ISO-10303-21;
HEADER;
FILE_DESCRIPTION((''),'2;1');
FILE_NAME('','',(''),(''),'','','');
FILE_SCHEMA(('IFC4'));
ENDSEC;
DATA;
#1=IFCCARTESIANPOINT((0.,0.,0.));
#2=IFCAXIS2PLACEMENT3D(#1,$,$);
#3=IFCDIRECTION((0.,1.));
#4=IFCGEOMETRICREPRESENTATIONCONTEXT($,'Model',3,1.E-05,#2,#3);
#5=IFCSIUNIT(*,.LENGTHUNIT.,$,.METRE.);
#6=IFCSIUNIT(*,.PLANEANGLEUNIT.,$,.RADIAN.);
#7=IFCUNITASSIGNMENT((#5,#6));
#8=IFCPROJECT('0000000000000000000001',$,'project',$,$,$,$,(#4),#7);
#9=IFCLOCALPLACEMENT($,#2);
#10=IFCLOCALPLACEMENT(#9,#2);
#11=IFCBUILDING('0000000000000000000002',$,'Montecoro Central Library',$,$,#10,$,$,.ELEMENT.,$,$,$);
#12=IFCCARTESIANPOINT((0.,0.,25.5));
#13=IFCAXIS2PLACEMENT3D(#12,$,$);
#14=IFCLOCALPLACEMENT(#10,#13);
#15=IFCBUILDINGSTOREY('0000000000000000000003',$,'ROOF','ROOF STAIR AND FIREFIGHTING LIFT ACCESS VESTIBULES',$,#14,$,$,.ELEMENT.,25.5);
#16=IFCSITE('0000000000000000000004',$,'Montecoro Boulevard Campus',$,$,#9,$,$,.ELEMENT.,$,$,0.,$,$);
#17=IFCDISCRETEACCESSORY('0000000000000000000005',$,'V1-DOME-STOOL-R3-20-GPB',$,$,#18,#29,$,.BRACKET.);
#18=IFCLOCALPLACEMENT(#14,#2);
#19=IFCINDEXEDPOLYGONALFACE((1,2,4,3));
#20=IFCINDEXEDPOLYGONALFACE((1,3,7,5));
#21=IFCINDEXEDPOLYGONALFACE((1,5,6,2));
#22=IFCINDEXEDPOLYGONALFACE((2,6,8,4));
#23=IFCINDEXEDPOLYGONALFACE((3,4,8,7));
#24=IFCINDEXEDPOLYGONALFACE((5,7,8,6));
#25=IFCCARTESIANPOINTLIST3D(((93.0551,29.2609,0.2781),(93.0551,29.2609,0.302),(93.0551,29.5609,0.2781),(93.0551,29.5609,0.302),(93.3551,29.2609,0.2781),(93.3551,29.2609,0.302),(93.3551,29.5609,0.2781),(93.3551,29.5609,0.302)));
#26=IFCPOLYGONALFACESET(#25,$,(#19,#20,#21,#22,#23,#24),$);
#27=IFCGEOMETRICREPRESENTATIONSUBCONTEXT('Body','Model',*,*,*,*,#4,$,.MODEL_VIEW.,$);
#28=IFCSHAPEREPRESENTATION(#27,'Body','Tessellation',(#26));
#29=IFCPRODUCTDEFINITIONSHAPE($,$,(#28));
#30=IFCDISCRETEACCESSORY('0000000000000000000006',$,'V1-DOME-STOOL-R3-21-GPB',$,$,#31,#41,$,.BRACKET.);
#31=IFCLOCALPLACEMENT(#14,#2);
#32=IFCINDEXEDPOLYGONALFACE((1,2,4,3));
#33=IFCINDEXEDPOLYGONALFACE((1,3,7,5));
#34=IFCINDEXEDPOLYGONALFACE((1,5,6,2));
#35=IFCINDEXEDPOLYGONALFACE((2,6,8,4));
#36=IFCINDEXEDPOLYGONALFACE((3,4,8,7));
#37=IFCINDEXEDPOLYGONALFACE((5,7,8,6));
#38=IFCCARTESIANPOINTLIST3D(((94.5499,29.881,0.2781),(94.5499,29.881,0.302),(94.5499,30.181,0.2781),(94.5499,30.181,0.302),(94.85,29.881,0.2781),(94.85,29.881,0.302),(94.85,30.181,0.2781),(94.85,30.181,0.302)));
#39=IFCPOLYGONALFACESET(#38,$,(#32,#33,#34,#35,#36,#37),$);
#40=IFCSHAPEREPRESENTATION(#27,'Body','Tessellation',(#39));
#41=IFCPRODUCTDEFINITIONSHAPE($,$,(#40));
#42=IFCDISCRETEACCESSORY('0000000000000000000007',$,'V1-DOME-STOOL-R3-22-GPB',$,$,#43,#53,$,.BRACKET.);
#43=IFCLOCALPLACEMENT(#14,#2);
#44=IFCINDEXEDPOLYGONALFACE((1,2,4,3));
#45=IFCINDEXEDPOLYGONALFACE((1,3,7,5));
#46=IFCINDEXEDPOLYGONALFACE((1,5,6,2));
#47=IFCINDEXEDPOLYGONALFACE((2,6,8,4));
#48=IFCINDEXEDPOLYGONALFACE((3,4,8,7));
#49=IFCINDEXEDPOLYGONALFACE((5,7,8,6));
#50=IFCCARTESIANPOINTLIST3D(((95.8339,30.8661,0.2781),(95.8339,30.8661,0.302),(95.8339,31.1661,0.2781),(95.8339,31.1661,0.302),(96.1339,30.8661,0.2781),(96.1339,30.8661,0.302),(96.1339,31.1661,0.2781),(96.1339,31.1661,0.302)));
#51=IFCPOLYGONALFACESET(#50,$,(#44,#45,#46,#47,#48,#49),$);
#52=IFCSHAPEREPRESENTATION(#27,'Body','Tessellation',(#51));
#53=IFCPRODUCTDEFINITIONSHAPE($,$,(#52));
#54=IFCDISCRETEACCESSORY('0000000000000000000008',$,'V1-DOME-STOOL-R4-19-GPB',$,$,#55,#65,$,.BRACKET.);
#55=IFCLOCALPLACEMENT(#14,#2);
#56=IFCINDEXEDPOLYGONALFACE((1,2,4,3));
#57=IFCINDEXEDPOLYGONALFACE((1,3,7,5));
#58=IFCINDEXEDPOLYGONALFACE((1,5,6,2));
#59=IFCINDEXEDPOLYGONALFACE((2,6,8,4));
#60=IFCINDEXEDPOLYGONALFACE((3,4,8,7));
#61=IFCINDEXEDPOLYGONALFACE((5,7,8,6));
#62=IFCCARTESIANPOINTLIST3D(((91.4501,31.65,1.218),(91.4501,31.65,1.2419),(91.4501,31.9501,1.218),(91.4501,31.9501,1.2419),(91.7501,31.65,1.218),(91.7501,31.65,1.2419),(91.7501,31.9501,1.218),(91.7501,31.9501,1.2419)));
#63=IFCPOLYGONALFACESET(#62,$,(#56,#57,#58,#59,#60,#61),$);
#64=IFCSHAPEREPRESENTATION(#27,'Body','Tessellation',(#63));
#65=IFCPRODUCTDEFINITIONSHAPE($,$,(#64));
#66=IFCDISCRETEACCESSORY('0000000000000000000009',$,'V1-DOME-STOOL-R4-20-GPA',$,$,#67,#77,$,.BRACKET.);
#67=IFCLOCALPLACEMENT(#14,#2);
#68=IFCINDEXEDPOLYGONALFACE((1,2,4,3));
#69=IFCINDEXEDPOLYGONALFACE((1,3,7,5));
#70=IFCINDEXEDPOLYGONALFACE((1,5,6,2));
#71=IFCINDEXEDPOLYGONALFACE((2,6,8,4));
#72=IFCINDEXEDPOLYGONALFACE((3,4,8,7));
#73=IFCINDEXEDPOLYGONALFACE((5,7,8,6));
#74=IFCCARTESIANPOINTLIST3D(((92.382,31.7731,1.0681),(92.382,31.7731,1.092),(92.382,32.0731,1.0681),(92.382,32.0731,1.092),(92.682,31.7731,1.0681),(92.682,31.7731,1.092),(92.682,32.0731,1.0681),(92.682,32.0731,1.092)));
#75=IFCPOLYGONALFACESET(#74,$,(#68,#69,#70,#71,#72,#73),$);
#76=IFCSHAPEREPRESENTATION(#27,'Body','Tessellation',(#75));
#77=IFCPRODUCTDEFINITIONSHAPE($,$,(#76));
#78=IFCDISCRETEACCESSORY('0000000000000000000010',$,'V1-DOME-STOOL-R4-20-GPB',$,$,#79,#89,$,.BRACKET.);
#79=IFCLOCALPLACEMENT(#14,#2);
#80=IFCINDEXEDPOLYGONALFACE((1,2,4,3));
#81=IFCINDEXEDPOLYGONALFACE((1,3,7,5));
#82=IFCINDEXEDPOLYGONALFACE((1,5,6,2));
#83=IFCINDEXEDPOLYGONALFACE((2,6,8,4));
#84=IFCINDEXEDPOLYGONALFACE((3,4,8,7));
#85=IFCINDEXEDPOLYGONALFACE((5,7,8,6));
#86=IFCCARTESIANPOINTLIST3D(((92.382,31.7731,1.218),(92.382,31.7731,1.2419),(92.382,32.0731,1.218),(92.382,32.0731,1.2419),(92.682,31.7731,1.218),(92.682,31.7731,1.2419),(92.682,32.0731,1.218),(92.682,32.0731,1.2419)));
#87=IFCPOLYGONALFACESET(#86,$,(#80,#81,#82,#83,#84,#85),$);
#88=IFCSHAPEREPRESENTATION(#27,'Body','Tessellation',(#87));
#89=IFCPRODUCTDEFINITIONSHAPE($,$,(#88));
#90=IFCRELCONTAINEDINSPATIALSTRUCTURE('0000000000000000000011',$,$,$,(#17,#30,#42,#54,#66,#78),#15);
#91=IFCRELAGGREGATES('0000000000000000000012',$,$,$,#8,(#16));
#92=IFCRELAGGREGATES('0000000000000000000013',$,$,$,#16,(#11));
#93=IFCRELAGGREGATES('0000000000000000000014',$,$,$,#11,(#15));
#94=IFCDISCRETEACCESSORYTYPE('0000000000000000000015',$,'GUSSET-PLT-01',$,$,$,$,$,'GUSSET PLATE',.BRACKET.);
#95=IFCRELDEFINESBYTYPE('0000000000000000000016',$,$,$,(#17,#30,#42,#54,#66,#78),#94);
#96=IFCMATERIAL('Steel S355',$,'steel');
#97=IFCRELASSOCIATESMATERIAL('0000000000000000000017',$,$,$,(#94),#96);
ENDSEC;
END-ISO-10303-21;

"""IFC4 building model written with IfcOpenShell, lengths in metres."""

from ifc_helpers import new_model, si_unit, direction, frame, origin, origin_2d, place, context, subcontext, project, spatial, rectangle, extrude, material, type_object, element, save


model = new_model("IFC4")

# Units and contexts
model_context = context("Model", 3, precision=1e-05, world=origin(), true_north=direction((0.0, 1.0)))
body_context = subcontext(model_context, "Body", "Model", "MODEL_VIEW")
ifc_project = project(units=[si_unit("LENGTHUNIT", "METRE"), si_unit("PLANEANGLEUNIT", "RADIAN")], contexts=[model_context])

# Site, building, storey
site_placement = place(None, origin())
site = spatial("IfcSite", under=ifc_project, at=site_placement, Name="Montecoro Boulevard Campus", CompositionType="ELEMENT", RefElevation=0.0)
building_placement = place(site_placement, origin())
building = spatial("IfcBuilding", under=site, at=building_placement, Name="Montecoro Central Library", CompositionType="ELEMENT")
storey_placement = place(building_placement, frame((0.0, 0.0, 25.5)))
storey = spatial("IfcBuildingStorey", under=building, at=storey_placement, Name="ROOF", Description="ROOF STAIR AND FIREFIGHTING LIFT ACCESS VESTIBULES", CompositionType="ELEMENT", Elevation=25.5)

# Shared definitions
ifc_material_1 = material(Name="Steel S355", Category="steel")

# Discrete accessories
discrete_accessory_type = type_object("IfcDiscreteAccessoryType", Name="GUSSET-PLT-01", ElementType="GUSSET PLATE", PredefinedType="BRACKET", material=ifc_material_1)
for number, where, z_axis, x_axis, name in (
    (1, (93.2051, 29.4109, 0.2781), (0.0, 0.0, 1.0), (1.0, 0.0, 0.0), "V1-DOME-STOOL-R3-20-GPB"),
    (2, (94.7, 30.031, 0.2781), (0.0, 0.0, 1.0), (1.0, 0.0, 0.0), "V1-DOME-STOOL-R3-21-GPB"),
    (3, (95.9839, 31.0161, 0.2781), (0.0, 0.0, 1.0), (1.0, 0.0, 0.0), "V1-DOME-STOOL-R3-22-GPB"),
    (4, (91.6001, 31.8, 1.218), (0.0, 0.0, 1.0), (1.0, 0.0, 0.0), "V1-DOME-STOOL-R4-19-GPB"),
    (5, (92.532, 31.9231, 1.0681), (0.0, 0.0, 1.0), (1.0, 0.0, 0.0), "V1-DOME-STOOL-R4-20-GPA"),
    (6, (92.532, 31.9231, 1.218), (0.0, 0.0, 1.0), (1.0, 0.0, 0.0), "V1-DOME-STOOL-R4-20-GPB"),
):
    element("IfcDiscreteAccessory", number, at=place(storey_placement, frame(where, z_axis=z_axis, x_axis=x_axis)), inside=storey, type_object=discrete_accessory_type, Name=name, PredefinedType="BRACKET", context=body_context, shape_type="SweptSolid", body=[
        extrude(rectangle(XDim=0.3, YDim=0.3, at=origin_2d()), origin(), (0.0, 0.0, 1.0), 0.0239),
    ])

save(model, "model.ifc")
